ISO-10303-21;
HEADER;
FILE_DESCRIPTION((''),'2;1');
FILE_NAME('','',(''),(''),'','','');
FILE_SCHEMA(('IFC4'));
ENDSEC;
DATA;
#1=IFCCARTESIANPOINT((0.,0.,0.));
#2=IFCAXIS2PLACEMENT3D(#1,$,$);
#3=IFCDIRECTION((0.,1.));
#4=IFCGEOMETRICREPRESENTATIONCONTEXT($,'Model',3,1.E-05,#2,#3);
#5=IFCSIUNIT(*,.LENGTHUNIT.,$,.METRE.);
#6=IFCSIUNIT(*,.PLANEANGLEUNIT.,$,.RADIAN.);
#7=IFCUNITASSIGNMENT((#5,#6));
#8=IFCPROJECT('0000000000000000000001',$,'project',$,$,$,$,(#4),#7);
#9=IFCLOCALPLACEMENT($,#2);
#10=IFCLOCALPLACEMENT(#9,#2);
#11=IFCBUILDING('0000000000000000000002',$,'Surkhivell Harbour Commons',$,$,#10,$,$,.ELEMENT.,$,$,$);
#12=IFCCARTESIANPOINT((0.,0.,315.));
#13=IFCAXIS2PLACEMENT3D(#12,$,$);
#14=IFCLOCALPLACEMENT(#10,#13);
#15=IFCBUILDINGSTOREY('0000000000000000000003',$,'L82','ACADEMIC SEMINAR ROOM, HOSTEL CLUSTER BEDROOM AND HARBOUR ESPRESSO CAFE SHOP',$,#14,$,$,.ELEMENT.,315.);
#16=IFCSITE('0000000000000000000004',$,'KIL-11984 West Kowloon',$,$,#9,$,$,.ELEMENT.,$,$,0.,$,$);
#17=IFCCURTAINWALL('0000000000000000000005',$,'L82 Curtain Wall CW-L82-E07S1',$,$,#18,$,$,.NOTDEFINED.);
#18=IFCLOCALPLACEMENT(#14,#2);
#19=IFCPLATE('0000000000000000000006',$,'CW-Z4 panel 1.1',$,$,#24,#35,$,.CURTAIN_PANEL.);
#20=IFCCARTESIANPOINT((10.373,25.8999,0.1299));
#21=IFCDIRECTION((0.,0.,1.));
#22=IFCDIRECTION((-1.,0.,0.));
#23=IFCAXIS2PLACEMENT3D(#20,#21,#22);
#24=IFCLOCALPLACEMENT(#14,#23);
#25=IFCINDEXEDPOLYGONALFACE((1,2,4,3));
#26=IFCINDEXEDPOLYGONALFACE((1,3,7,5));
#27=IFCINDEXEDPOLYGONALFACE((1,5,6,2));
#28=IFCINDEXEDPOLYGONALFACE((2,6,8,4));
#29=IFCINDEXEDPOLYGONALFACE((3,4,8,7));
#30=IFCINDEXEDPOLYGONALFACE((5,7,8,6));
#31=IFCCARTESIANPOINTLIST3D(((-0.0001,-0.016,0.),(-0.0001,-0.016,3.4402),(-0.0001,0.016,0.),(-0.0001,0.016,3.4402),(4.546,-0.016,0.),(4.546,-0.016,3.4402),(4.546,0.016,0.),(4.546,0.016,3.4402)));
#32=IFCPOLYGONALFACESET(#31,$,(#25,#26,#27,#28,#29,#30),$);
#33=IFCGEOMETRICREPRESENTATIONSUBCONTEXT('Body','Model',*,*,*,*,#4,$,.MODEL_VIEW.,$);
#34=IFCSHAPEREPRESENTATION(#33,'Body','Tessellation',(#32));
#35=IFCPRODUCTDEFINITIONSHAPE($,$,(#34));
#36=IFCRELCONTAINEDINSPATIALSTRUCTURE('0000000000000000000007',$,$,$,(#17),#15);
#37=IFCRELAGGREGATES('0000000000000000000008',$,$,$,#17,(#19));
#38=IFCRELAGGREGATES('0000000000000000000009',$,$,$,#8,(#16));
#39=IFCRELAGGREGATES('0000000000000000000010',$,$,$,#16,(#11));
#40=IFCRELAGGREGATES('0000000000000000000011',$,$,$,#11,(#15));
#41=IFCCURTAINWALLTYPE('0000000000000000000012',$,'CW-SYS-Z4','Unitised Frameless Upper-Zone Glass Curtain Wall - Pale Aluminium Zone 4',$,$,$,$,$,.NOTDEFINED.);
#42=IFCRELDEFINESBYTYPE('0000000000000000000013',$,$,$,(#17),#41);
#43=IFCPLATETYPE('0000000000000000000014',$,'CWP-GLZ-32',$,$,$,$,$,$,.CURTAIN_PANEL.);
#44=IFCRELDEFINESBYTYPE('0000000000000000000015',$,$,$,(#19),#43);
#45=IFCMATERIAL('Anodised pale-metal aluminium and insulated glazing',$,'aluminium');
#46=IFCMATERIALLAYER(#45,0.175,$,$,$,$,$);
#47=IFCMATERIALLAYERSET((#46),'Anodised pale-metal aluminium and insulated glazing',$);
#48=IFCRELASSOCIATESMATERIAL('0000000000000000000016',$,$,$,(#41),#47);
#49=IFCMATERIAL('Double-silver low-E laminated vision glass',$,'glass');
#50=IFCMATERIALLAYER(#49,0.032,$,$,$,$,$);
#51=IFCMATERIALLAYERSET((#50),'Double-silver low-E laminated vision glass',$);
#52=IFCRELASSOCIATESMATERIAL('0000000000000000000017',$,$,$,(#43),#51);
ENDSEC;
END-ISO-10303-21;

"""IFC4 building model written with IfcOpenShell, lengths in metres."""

from ifc_helpers import new_model, si_unit, direction, frame, frame_2d, origin, place, context, subcontext, project, spatial, rectangle, extrude, material, layer, layer_set, type_object, element, aggregate, save


model = new_model("IFC4")

# Units and contexts
model_context = context("Model", 3, precision=1e-05, world=origin(), true_north=direction((0.0, 1.0)))
body_context = subcontext(model_context, "Body", "Model", "MODEL_VIEW")
ifc_project = project(units=[si_unit("LENGTHUNIT", "METRE"), si_unit("PLANEANGLEUNIT", "RADIAN")], contexts=[model_context])

# Site, building, storey
site_placement = place(None, origin())
site = spatial("IfcSite", under=ifc_project, at=site_placement, Name="KIL-11984 West Kowloon", CompositionType="ELEMENT", RefElevation=0.0)
building_placement = place(site_placement, origin())
building = spatial("IfcBuilding", under=site, at=building_placement, Name="Surkhivell Harbour Commons", CompositionType="ELEMENT")
storey_placement = place(building_placement, frame((0.0, 0.0, 315.0)))
storey = spatial("IfcBuildingStorey", under=building, at=storey_placement, Name="L82", Description="ACADEMIC SEMINAR ROOM, HOSTEL CLUSTER BEDROOM AND HARBOUR ESPRESSO CAFE SHOP", CompositionType="ELEMENT", Elevation=315.0)

# Curtain wall
ifc_material_1 = material(Name="Anodised pale-metal aluminium and insulated glazing", Category="aluminium")
ifc_layer_1 = layer(ifc_material_1, 0.175)
ifc_layer_set_1 = layer_set([ifc_layer_1], Name="Anodised pale-metal aluminium and insulated glazing")
curtain_wall_type = type_object("IfcCurtainWallType", Name="CW-SYS-Z4", Description="Unitised Frameless Upper-Zone Glass Curtain Wall - Pale Aluminium Zone 4", PredefinedType="NOTDEFINED", material=ifc_layer_set_1)
curtain_wall_1_placement = place(storey_placement, origin())
curtain_wall_1 = element("IfcCurtainWall", 1, at=curtain_wall_1_placement, inside=storey, type_object=curtain_wall_type, Name="L82 Curtain Wall CW-L82-E07S1", PredefinedType="NOTDEFINED")

# Plate
ifc_material_2 = material(Name="Double-silver low-E laminated vision glass", Category="glass")
ifc_layer_2 = layer(ifc_material_2, 0.032)
ifc_layer_set_2 = layer_set([ifc_layer_2], Name="Double-silver low-E laminated vision glass")
plate_type = type_object("IfcPlateType", Name="CWP-GLZ-32", PredefinedType="CURTAIN_PANEL", material=ifc_layer_set_2)
plate_1_placement = place(storey_placement, frame((10.373, 25.8999, 0.1299), z_axis=(0.0, 0.0, 1.0), x_axis=(-1.0, 0.0, 0.0)))
plate_1 = element("IfcPlate", 2, at=plate_1_placement, type_object=plate_type, Name="CW-Z4 panel 1.1", PredefinedType="CURTAIN_PANEL", context=body_context, shape_type="SweptSolid", body=[
    extrude(rectangle(XDim=4.5461, YDim=0.032, at=frame_2d((2.2729, 0.0))), origin(), (0.0, 0.0, 1.0), 3.4402),
])
aggregate(curtain_wall_1, [plate_1])

save(model, "model.ifc")
